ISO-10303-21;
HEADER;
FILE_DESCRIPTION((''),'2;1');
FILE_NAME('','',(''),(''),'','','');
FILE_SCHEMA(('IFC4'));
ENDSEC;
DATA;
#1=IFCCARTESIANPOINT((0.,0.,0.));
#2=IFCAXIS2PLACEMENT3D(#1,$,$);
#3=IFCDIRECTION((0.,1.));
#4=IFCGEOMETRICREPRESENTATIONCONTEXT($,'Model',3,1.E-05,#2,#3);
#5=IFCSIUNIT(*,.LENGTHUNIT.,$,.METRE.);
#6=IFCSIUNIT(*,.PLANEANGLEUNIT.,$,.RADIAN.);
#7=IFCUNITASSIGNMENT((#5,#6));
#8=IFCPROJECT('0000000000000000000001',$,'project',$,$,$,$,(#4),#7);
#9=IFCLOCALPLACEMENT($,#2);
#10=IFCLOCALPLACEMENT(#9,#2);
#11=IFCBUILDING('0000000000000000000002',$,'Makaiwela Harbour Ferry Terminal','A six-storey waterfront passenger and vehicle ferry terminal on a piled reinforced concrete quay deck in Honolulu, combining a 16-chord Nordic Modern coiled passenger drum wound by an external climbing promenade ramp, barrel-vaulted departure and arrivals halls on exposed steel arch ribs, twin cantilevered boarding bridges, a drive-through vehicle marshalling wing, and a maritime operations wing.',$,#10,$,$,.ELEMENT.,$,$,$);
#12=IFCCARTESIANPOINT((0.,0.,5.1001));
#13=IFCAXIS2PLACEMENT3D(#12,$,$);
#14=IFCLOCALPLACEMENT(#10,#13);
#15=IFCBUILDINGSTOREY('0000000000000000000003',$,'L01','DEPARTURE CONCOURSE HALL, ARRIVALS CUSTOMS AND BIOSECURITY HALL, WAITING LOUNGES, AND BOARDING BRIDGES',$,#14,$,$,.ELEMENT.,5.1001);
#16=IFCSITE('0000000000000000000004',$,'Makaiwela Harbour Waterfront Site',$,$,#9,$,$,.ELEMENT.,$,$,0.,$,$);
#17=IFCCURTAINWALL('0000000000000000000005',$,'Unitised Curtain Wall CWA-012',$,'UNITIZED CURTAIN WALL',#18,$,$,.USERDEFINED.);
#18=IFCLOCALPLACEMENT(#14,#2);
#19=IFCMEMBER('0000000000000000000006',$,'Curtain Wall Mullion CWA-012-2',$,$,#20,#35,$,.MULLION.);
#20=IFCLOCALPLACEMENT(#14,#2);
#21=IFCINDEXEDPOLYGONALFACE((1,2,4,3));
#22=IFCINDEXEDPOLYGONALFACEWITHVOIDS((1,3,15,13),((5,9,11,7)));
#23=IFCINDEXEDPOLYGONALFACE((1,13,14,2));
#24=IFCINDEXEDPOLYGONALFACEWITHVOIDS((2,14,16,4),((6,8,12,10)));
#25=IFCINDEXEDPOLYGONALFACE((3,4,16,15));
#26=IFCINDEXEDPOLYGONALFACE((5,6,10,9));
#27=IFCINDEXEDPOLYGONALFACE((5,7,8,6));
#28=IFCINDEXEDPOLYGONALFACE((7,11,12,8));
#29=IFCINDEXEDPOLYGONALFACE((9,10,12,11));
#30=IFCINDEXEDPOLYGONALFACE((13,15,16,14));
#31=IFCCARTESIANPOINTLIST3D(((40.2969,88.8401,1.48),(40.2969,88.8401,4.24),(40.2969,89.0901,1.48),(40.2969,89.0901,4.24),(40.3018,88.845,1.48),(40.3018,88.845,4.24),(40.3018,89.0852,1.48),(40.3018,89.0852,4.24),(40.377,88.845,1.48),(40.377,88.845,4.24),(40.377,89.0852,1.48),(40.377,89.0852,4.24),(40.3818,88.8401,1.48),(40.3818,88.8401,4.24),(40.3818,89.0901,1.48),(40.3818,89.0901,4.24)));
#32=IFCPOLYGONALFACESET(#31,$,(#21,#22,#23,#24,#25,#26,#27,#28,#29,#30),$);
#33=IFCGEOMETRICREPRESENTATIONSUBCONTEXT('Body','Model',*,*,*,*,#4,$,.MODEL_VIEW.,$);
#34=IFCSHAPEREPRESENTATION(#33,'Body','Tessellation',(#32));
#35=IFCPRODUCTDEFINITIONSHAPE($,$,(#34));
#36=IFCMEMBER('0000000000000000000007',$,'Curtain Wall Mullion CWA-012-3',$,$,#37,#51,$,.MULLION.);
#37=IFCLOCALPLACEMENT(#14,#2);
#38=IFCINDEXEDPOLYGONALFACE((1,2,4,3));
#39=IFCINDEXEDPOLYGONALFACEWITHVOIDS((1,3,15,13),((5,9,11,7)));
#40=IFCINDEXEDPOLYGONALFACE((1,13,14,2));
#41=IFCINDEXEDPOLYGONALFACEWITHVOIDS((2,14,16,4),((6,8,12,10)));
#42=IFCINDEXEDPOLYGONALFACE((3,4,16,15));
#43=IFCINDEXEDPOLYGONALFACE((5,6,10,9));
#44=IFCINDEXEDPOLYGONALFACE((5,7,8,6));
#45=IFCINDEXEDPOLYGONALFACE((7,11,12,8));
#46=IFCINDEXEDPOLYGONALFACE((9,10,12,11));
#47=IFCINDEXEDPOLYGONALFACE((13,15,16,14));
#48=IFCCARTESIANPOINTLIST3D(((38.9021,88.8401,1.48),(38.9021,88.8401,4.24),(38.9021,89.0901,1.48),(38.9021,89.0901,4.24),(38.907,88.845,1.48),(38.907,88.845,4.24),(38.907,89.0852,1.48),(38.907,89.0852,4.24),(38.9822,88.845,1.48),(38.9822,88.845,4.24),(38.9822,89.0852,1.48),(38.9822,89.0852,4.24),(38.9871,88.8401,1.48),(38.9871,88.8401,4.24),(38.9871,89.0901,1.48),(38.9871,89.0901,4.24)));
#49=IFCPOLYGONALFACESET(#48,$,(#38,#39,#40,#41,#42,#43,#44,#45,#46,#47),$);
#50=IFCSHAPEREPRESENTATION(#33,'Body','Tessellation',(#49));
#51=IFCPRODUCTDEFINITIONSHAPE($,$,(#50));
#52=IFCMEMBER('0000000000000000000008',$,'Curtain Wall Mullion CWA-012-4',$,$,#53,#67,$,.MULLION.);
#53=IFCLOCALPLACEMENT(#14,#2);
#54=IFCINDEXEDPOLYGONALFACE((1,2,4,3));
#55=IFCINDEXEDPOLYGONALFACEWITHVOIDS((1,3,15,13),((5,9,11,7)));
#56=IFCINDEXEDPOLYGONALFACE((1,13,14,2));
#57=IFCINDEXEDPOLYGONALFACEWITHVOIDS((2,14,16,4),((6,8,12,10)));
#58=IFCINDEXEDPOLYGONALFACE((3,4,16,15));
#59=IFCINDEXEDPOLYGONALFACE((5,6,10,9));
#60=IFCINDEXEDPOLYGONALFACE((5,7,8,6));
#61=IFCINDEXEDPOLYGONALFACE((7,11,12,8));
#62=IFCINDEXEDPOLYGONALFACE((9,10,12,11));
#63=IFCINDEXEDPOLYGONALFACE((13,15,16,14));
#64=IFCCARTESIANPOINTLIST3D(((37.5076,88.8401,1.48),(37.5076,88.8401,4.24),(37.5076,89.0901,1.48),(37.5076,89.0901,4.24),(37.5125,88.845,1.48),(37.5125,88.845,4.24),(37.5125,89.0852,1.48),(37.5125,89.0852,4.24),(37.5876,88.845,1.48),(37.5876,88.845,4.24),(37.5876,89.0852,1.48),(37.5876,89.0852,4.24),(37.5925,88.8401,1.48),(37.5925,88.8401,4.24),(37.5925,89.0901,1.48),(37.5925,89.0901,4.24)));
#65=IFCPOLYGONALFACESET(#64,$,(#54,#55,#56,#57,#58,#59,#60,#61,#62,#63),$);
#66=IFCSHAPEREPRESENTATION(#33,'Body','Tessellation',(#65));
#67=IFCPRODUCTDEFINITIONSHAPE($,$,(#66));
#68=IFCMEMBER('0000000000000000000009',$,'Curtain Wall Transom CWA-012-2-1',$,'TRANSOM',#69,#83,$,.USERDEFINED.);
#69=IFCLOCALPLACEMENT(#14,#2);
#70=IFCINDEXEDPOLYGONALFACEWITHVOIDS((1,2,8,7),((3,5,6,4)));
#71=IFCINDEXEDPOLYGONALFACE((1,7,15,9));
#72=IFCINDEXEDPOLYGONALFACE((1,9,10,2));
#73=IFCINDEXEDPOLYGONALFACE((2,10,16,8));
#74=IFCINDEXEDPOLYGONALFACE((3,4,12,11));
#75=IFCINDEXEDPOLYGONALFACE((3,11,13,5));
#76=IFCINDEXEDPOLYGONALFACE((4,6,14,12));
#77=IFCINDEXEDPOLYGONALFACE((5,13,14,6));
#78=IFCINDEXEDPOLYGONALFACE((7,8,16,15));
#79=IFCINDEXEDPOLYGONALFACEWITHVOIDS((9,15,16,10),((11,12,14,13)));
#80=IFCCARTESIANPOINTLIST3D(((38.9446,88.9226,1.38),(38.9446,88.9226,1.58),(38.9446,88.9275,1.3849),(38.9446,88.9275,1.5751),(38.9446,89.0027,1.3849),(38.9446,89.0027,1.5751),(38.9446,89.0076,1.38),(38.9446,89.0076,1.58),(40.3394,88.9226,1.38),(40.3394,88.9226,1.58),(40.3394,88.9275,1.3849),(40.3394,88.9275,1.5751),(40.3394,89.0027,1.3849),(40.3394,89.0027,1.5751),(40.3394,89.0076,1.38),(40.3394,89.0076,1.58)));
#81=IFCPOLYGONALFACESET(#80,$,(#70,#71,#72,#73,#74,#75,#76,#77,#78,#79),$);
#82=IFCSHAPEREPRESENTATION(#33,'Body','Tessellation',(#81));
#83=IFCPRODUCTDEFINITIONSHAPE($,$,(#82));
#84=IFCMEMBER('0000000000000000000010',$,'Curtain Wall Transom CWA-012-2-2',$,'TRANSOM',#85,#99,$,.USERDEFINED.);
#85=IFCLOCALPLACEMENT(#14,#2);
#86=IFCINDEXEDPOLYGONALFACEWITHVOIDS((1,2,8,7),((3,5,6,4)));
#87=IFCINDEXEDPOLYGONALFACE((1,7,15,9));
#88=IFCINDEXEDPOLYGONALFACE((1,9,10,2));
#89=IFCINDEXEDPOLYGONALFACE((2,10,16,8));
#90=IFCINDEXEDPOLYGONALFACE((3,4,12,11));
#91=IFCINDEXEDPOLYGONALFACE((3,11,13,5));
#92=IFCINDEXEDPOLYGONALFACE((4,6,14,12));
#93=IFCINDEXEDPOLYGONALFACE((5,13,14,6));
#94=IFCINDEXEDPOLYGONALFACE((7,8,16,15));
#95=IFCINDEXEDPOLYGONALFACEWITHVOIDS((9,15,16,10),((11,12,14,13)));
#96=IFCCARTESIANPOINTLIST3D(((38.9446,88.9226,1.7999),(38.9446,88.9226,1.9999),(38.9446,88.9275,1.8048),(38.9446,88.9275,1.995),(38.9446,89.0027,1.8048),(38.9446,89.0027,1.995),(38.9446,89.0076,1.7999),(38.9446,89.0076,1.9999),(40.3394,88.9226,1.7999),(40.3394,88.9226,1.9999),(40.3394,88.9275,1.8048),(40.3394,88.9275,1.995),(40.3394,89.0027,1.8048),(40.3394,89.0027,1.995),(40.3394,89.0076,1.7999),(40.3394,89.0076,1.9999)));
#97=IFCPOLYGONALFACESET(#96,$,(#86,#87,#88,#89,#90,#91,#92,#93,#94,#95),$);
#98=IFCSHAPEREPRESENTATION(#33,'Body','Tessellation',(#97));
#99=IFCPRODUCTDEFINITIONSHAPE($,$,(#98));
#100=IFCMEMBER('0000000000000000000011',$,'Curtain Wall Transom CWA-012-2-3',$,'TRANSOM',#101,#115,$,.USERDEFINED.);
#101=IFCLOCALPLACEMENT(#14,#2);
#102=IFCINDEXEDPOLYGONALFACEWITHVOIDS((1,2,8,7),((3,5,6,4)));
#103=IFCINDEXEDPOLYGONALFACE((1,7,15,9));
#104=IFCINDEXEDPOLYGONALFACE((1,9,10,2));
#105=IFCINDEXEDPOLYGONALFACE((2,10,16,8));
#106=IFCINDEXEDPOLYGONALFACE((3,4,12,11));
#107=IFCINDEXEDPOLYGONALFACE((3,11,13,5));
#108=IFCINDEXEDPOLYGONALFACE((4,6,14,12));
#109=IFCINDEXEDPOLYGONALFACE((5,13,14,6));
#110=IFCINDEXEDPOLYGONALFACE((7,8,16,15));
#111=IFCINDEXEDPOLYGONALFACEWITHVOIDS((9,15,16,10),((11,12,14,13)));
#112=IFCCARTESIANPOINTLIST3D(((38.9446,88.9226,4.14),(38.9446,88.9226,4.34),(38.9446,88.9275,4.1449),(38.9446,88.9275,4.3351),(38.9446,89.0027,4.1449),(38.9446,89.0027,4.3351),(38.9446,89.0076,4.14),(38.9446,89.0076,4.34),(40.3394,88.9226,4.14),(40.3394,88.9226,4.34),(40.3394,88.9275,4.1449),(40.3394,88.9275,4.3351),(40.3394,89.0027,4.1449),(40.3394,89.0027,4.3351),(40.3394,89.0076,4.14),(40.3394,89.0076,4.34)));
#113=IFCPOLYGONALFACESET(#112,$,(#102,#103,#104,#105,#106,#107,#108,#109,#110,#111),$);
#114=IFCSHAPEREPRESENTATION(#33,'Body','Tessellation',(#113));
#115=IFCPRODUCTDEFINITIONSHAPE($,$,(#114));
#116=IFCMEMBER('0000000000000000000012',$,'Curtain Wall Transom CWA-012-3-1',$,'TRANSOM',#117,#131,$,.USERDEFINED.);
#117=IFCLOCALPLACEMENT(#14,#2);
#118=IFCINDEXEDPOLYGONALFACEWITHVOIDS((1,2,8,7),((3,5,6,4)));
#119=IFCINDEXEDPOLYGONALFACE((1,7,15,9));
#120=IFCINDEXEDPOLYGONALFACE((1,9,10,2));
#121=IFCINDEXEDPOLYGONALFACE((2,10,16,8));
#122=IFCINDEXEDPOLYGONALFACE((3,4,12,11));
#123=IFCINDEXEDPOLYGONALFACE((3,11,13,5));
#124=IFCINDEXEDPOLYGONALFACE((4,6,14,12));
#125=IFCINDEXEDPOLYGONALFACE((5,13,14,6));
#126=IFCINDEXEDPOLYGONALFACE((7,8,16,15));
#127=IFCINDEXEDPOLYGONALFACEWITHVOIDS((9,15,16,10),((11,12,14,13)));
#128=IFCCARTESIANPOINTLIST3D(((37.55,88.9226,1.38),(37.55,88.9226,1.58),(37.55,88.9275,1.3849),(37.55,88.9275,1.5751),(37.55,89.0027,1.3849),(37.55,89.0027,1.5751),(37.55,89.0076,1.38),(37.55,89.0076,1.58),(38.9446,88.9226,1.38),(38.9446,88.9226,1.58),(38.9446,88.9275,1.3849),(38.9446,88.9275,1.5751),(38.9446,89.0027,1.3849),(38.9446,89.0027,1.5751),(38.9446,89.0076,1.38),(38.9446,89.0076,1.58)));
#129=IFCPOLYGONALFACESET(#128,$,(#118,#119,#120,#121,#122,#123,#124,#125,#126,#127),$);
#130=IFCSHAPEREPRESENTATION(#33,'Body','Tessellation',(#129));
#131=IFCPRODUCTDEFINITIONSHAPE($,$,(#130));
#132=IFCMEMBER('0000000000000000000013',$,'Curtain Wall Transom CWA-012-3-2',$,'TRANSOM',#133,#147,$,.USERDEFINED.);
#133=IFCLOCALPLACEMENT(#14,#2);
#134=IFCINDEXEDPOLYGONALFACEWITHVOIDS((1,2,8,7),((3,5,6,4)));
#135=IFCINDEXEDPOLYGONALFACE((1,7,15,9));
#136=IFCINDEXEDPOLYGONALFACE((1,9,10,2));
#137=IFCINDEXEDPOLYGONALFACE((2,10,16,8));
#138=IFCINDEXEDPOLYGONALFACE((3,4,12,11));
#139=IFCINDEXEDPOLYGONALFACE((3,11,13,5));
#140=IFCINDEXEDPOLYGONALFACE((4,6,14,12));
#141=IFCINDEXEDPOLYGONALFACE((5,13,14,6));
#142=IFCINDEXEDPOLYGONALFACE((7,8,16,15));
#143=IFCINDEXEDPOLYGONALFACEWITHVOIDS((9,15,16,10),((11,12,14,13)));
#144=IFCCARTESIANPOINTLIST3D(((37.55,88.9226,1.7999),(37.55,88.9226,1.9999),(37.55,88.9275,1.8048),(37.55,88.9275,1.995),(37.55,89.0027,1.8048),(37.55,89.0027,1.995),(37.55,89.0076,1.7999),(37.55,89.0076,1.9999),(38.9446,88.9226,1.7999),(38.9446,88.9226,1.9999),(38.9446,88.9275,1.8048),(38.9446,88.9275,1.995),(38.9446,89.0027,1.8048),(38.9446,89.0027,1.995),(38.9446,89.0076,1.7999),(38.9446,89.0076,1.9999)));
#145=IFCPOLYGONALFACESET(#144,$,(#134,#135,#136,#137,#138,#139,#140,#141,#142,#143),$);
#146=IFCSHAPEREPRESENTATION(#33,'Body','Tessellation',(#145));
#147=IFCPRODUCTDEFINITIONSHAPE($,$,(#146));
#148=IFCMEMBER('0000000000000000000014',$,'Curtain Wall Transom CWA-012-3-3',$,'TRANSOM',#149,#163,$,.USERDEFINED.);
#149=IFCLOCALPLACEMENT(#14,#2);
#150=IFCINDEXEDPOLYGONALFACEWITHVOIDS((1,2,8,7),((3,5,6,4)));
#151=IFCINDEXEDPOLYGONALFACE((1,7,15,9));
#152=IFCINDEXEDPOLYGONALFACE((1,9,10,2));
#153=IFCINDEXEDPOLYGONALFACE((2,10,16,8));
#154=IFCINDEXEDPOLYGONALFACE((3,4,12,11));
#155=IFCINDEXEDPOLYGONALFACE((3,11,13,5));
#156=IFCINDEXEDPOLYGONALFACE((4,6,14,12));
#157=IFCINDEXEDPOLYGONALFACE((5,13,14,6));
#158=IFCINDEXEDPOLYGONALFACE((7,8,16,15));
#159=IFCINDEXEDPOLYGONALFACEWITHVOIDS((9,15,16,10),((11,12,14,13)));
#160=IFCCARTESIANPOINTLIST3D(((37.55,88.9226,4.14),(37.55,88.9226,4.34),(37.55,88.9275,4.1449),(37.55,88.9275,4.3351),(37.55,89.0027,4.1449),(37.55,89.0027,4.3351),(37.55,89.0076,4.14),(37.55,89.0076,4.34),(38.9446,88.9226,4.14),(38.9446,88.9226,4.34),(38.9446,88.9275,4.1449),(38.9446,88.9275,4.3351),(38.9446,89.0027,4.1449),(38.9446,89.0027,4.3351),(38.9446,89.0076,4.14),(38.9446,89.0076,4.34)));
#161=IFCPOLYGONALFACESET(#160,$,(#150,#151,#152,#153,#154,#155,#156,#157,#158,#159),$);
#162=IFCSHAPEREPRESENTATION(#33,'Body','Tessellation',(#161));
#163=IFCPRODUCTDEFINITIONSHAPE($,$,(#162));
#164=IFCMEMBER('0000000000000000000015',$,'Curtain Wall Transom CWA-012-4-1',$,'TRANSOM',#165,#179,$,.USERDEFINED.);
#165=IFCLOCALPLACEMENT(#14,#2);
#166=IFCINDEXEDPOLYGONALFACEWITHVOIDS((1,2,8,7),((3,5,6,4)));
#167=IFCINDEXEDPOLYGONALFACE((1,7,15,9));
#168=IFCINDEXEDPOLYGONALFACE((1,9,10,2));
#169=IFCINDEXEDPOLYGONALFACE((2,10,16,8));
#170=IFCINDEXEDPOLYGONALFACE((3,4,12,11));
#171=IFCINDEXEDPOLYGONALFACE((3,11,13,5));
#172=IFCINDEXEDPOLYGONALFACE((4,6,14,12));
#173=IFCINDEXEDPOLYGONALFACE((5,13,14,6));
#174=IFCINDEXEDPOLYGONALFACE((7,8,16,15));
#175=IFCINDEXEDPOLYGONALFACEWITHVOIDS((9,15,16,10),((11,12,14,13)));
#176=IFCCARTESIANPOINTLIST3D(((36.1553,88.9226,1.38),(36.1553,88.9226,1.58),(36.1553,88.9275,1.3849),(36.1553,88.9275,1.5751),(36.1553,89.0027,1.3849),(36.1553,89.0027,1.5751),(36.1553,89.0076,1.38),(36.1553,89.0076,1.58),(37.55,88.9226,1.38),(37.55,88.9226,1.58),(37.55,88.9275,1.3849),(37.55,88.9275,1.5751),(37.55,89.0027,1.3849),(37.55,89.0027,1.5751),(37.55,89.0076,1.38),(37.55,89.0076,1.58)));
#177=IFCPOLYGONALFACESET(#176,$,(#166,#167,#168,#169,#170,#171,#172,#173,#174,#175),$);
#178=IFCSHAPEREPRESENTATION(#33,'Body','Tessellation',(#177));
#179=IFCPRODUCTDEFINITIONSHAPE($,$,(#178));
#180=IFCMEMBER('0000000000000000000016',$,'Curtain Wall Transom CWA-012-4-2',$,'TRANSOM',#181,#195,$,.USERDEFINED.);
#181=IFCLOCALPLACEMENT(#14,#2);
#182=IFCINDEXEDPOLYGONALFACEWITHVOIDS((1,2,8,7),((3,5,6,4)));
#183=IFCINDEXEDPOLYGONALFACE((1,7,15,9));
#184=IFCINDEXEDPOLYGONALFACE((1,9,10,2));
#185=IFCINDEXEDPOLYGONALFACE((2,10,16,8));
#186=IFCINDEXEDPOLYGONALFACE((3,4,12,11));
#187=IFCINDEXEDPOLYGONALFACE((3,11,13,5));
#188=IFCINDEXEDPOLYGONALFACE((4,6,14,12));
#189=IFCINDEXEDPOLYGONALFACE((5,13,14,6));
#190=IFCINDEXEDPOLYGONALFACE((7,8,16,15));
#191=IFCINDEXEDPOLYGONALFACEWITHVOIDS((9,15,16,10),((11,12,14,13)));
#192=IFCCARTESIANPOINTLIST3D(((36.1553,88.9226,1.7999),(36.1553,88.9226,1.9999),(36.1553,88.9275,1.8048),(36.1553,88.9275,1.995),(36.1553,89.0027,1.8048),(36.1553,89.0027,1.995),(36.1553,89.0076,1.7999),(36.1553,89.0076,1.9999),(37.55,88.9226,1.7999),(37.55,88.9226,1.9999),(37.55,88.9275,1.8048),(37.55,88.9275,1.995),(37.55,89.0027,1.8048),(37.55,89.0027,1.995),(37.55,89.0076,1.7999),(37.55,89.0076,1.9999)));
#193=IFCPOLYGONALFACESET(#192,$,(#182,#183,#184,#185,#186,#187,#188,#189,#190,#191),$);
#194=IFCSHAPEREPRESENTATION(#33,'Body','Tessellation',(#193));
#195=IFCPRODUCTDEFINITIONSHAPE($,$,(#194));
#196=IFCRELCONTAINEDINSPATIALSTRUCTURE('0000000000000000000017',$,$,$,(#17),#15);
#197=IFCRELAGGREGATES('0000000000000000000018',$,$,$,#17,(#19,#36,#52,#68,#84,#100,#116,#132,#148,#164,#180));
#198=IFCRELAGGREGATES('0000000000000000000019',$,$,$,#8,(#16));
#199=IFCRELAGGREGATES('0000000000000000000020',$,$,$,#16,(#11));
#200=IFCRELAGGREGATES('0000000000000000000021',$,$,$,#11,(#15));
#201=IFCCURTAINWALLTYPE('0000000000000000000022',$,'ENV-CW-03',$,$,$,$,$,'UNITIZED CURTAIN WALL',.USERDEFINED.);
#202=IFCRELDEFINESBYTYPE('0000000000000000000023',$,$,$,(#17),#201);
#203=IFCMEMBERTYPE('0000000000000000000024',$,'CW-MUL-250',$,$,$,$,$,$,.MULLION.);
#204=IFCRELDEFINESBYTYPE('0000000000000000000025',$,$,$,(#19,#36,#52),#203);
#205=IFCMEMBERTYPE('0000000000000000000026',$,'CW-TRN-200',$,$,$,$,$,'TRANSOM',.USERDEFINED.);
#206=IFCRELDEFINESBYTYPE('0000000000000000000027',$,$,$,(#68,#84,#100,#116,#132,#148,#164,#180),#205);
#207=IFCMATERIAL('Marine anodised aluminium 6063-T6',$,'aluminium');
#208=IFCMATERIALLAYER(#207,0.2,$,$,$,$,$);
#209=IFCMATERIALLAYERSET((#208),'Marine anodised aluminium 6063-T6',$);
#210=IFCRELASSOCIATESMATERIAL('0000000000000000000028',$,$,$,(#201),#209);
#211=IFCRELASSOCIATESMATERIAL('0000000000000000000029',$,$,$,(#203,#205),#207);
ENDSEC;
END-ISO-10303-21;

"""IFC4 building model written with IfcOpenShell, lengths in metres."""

from ifc_helpers import new_model, si_unit, direction, frame, origin, origin_2d, place, context, subcontext, project, spatial, hollow_rectangle, extrude, material, layer, layer_set, material_profile, profile_set, type_object, element, aggregate, save


model = new_model("IFC4")

# Units and contexts
model_context = context("Model", 3, precision=1e-05, world=origin(), true_north=direction((0.0, 1.0)))
body_context = subcontext(model_context, "Body", "Model", "MODEL_VIEW")
ifc_project = project(units=[si_unit("LENGTHUNIT", "METRE"), si_unit("PLANEANGLEUNIT", "RADIAN")], contexts=[model_context])

# Site, building, storey
site_placement = place(None, origin())
site = spatial("IfcSite", under=ifc_project, at=site_placement, Name="Makaiwela Harbour Waterfront Site", CompositionType="ELEMENT", RefElevation=0.0)
building_placement = place(site_placement, origin())
building = spatial("IfcBuilding", under=site, at=building_placement, Name="Makaiwela Harbour Ferry Terminal", Description="A six-storey waterfront passenger and vehicle ferry terminal on a piled reinforced concrete quay deck in Honolulu, combining a 16-chord Nordic Modern coiled passenger drum wound by an external climbing promenade ramp, barrel-vaulted departure and arrivals halls on exposed steel arch ribs, twin cantilevered boarding bridges, a drive-through vehicle marshalling wing, and a maritime operations wing.", CompositionType="ELEMENT")
storey_placement = place(building_placement, frame((0.0, 0.0, 5.1001)))
storey = spatial("IfcBuildingStorey", under=building, at=storey_placement, Name="L01", Description="DEPARTURE CONCOURSE HALL, ARRIVALS CUSTOMS AND BIOSECURITY HALL, WAITING LOUNGES, AND BOARDING BRIDGES", CompositionType="ELEMENT", Elevation=5.1001)

# Curtain wall, members
ifc_material_1 = material(Name="Marine anodised aluminium 6063-T6", Category="aluminium")
ifc_layer_1 = layer(ifc_material_1, 0.2)
ifc_layer_set_1 = layer_set([ifc_layer_1], Name="Marine anodised aluminium 6063-T6")
curtain_wall_type = type_object("IfcCurtainWallType", Name="ENV-CW-03", ElementType="UNITIZED CURTAIN WALL", PredefinedType="USERDEFINED", material=ifc_layer_set_1)
curtain_wall_placement = place(storey_placement, origin())
curtain_wall = element("IfcCurtainWall", 1, at=curtain_wall_placement, inside=storey, type_object=curtain_wall_type, Name="Unitised Curtain Wall CWA-012", ObjectType="UNITIZED CURTAIN WALL", PredefinedType="USERDEFINED")
ifc_material_profile_1 = material_profile(ifc_material_1, hollow_rectangle(XDim=0.085, YDim=0.25, WallThickness=0.0049, at=origin_2d()), Name="CWM-250X85")
ifc_profile_set_1 = profile_set([ifc_material_profile_1], Name="Marine anodised aluminium 6063-T6")
member_type_1 = type_object("IfcMemberType", Name="CW-MUL-250", PredefinedType="MULLION", material=ifc_profile_set_1)
member_1_placement = place(storey_placement, frame((40.3394, 88.9651, 1.48), z_axis=(0.0, 0.0, 1.0), x_axis=(1.0, 0.0, 0.0)))
member_1 = element("IfcMember", 2, at=member_1_placement, type_object=member_type_1, Name="Curtain Wall Mullion CWA-012-2", PredefinedType="MULLION", context=body_context, shape_type="SweptSolid", body=[
    extrude(hollow_rectangle(XDim=0.085, YDim=0.25, WallThickness=0.0049, at=origin_2d()), origin(), (0.0, 0.0, 1.0), 2.76),
])
member_2_placement = place(storey_placement, frame((38.9446, 88.9651, 1.48), z_axis=(0.0, 0.0, 1.0), x_axis=(1.0, 0.0, 0.0)))
member_2 = element("IfcMember", 3, at=member_2_placement, type_object=member_type_1, Name="Curtain Wall Mullion CWA-012-3", PredefinedType="MULLION", context=body_context, shape_type="SweptSolid", body=[
    extrude(hollow_rectangle(XDim=0.085, YDim=0.25, WallThickness=0.0049, at=origin_2d()), origin(), (0.0, 0.0, 1.0), 2.76),
])
member_3_placement = place(storey_placement, frame((37.55, 88.9651, 1.48), z_axis=(0.0, 0.0, 1.0), x_axis=(1.0, 0.0, 0.0)))
member_3 = element("IfcMember", 4, at=member_3_placement, type_object=member_type_1, Name="Curtain Wall Mullion CWA-012-4", PredefinedType="MULLION", context=body_context, shape_type="SweptSolid", body=[
    extrude(hollow_rectangle(XDim=0.085, YDim=0.25, WallThickness=0.0049, at=origin_2d()), origin(), (0.0, 0.0, 1.0), 2.76),
])
ifc_material_profile_2 = material_profile(ifc_material_1, hollow_rectangle(XDim=0.085, YDim=0.2, WallThickness=0.0049, at=origin_2d()), Name="CWT-200X85")
ifc_profile_set_2 = profile_set([ifc_material_profile_2], Name="Marine anodised aluminium 6063-T6")
member_type_2 = type_object("IfcMemberType", Name="CW-TRN-200", ElementType="TRANSOM", PredefinedType="USERDEFINED", material=ifc_profile_set_2)
member_4_placement = place(storey_placement, frame((40.3394, 88.9651, 1.48), z_axis=(-1.0, 0.0, 0.0), x_axis=(0.0, -1.0, 0.0)))
member_4 = element("IfcMember", 5, at=member_4_placement, type_object=member_type_2, Name="Curtain Wall Transom CWA-012-2-1", ObjectType="TRANSOM", PredefinedType="USERDEFINED", context=body_context, shape_type="SweptSolid", body=[
    extrude(hollow_rectangle(XDim=0.085, YDim=0.2, WallThickness=0.0049, at=origin_2d()), origin(), (0.0, 0.0, 1.0), 1.3948),
])
member_5_placement = place(storey_placement, frame((40.3394, 88.9651, 1.8999), z_axis=(-1.0, 0.0, 0.0), x_axis=(0.0, -1.0, 0.0)))
member_5 = element("IfcMember", 6, at=member_5_placement, type_object=member_type_2, Name="Curtain Wall Transom CWA-012-2-2", ObjectType="TRANSOM", PredefinedType="USERDEFINED", context=body_context, shape_type="SweptSolid", body=[
    extrude(hollow_rectangle(XDim=0.085, YDim=0.2, WallThickness=0.0049, at=origin_2d()), origin(), (0.0, 0.0, 1.0), 1.3948),
])
member_6_placement = place(storey_placement, frame((40.3394, 88.9651, 4.24), z_axis=(-1.0, 0.0, 0.0), x_axis=(0.0, -1.0, 0.0)))
member_6 = element("IfcMember", 7, at=member_6_placement, type_object=member_type_2, Name="Curtain Wall Transom CWA-012-2-3", ObjectType="TRANSOM", PredefinedType="USERDEFINED", context=body_context, shape_type="SweptSolid", body=[
    extrude(hollow_rectangle(XDim=0.085, YDim=0.2, WallThickness=0.0049, at=origin_2d()), origin(), (0.0, 0.0, 1.0), 1.3948),
])
member_7_placement = place(storey_placement, frame((38.9446, 88.9651, 1.48), z_axis=(-1.0, 0.0, 0.0), x_axis=(0.0, -1.0, 0.0)))
member_7 = element("IfcMember", 8, at=member_7_placement, type_object=member_type_2, Name="Curtain Wall Transom CWA-012-3-1", ObjectType="TRANSOM", PredefinedType="USERDEFINED", context=body_context, shape_type="SweptSolid", body=[
    extrude(hollow_rectangle(XDim=0.085, YDim=0.2, WallThickness=0.0049, at=origin_2d()), origin(), (0.0, 0.0, 1.0), 1.3945),
])
member_8_placement = place(storey_placement, frame((38.9446, 88.9651, 1.8999), z_axis=(-1.0, 0.0, 0.0), x_axis=(0.0, -1.0, 0.0)))
member_8 = element("IfcMember", 9, at=member_8_placement, type_object=member_type_2, Name="Curtain Wall Transom CWA-012-3-2", ObjectType="TRANSOM", PredefinedType="USERDEFINED", context=body_context, shape_type="SweptSolid", body=[
    extrude(hollow_rectangle(XDim=0.085, YDim=0.2, WallThickness=0.0049, at=origin_2d()), origin(), (0.0, 0.0, 1.0), 1.3945),
])
member_9_placement = place(storey_placement, frame((38.9446, 88.9651, 4.24), z_axis=(-1.0, 0.0, 0.0), x_axis=(0.0, -1.0, 0.0)))
member_9 = element("IfcMember", 10, at=member_9_placement, type_object=member_type_2, Name="Curtain Wall Transom CWA-012-3-3", ObjectType="TRANSOM", PredefinedType="USERDEFINED", context=body_context, shape_type="SweptSolid", body=[
    extrude(hollow_rectangle(XDim=0.085, YDim=0.2, WallThickness=0.0049, at=origin_2d()), origin(), (0.0, 0.0, 1.0), 1.3945),
])
member_10_placement = place(storey_placement, frame((37.55, 88.9651, 1.48), z_axis=(-1.0, 0.0, 0.0), x_axis=(0.0, -1.0, 0.0)))
member_10 = element("IfcMember", 11, at=member_10_placement, type_object=member_type_2, Name="Curtain Wall Transom CWA-012-4-1", ObjectType="TRANSOM", PredefinedType="USERDEFINED", context=body_context, shape_type="SweptSolid", body=[
    extrude(hollow_rectangle(XDim=0.085, YDim=0.2, WallThickness=0.0049, at=origin_2d()), origin(), (0.0, 0.0, 1.0), 1.3948),
])
member_11_placement = place(storey_placement, frame((37.55, 88.9651, 1.8999), z_axis=(-1.0, 0.0, 0.0), x_axis=(0.0, -1.0, 0.0)))
member_11 = element("IfcMember", 12, at=member_11_placement, type_object=member_type_2, Name="Curtain Wall Transom CWA-012-4-2", ObjectType="TRANSOM", PredefinedType="USERDEFINED", context=body_context, shape_type="SweptSolid", body=[
    extrude(hollow_rectangle(XDim=0.085, YDim=0.2, WallThickness=0.0049, at=origin_2d()), origin(), (0.0, 0.0, 1.0), 1.3948),
])
aggregate(curtain_wall, [member_1, member_2, member_3, member_4, member_5, member_6, member_7, member_8, member_9, member_10, member_11])

save(model, "model.ifc")
